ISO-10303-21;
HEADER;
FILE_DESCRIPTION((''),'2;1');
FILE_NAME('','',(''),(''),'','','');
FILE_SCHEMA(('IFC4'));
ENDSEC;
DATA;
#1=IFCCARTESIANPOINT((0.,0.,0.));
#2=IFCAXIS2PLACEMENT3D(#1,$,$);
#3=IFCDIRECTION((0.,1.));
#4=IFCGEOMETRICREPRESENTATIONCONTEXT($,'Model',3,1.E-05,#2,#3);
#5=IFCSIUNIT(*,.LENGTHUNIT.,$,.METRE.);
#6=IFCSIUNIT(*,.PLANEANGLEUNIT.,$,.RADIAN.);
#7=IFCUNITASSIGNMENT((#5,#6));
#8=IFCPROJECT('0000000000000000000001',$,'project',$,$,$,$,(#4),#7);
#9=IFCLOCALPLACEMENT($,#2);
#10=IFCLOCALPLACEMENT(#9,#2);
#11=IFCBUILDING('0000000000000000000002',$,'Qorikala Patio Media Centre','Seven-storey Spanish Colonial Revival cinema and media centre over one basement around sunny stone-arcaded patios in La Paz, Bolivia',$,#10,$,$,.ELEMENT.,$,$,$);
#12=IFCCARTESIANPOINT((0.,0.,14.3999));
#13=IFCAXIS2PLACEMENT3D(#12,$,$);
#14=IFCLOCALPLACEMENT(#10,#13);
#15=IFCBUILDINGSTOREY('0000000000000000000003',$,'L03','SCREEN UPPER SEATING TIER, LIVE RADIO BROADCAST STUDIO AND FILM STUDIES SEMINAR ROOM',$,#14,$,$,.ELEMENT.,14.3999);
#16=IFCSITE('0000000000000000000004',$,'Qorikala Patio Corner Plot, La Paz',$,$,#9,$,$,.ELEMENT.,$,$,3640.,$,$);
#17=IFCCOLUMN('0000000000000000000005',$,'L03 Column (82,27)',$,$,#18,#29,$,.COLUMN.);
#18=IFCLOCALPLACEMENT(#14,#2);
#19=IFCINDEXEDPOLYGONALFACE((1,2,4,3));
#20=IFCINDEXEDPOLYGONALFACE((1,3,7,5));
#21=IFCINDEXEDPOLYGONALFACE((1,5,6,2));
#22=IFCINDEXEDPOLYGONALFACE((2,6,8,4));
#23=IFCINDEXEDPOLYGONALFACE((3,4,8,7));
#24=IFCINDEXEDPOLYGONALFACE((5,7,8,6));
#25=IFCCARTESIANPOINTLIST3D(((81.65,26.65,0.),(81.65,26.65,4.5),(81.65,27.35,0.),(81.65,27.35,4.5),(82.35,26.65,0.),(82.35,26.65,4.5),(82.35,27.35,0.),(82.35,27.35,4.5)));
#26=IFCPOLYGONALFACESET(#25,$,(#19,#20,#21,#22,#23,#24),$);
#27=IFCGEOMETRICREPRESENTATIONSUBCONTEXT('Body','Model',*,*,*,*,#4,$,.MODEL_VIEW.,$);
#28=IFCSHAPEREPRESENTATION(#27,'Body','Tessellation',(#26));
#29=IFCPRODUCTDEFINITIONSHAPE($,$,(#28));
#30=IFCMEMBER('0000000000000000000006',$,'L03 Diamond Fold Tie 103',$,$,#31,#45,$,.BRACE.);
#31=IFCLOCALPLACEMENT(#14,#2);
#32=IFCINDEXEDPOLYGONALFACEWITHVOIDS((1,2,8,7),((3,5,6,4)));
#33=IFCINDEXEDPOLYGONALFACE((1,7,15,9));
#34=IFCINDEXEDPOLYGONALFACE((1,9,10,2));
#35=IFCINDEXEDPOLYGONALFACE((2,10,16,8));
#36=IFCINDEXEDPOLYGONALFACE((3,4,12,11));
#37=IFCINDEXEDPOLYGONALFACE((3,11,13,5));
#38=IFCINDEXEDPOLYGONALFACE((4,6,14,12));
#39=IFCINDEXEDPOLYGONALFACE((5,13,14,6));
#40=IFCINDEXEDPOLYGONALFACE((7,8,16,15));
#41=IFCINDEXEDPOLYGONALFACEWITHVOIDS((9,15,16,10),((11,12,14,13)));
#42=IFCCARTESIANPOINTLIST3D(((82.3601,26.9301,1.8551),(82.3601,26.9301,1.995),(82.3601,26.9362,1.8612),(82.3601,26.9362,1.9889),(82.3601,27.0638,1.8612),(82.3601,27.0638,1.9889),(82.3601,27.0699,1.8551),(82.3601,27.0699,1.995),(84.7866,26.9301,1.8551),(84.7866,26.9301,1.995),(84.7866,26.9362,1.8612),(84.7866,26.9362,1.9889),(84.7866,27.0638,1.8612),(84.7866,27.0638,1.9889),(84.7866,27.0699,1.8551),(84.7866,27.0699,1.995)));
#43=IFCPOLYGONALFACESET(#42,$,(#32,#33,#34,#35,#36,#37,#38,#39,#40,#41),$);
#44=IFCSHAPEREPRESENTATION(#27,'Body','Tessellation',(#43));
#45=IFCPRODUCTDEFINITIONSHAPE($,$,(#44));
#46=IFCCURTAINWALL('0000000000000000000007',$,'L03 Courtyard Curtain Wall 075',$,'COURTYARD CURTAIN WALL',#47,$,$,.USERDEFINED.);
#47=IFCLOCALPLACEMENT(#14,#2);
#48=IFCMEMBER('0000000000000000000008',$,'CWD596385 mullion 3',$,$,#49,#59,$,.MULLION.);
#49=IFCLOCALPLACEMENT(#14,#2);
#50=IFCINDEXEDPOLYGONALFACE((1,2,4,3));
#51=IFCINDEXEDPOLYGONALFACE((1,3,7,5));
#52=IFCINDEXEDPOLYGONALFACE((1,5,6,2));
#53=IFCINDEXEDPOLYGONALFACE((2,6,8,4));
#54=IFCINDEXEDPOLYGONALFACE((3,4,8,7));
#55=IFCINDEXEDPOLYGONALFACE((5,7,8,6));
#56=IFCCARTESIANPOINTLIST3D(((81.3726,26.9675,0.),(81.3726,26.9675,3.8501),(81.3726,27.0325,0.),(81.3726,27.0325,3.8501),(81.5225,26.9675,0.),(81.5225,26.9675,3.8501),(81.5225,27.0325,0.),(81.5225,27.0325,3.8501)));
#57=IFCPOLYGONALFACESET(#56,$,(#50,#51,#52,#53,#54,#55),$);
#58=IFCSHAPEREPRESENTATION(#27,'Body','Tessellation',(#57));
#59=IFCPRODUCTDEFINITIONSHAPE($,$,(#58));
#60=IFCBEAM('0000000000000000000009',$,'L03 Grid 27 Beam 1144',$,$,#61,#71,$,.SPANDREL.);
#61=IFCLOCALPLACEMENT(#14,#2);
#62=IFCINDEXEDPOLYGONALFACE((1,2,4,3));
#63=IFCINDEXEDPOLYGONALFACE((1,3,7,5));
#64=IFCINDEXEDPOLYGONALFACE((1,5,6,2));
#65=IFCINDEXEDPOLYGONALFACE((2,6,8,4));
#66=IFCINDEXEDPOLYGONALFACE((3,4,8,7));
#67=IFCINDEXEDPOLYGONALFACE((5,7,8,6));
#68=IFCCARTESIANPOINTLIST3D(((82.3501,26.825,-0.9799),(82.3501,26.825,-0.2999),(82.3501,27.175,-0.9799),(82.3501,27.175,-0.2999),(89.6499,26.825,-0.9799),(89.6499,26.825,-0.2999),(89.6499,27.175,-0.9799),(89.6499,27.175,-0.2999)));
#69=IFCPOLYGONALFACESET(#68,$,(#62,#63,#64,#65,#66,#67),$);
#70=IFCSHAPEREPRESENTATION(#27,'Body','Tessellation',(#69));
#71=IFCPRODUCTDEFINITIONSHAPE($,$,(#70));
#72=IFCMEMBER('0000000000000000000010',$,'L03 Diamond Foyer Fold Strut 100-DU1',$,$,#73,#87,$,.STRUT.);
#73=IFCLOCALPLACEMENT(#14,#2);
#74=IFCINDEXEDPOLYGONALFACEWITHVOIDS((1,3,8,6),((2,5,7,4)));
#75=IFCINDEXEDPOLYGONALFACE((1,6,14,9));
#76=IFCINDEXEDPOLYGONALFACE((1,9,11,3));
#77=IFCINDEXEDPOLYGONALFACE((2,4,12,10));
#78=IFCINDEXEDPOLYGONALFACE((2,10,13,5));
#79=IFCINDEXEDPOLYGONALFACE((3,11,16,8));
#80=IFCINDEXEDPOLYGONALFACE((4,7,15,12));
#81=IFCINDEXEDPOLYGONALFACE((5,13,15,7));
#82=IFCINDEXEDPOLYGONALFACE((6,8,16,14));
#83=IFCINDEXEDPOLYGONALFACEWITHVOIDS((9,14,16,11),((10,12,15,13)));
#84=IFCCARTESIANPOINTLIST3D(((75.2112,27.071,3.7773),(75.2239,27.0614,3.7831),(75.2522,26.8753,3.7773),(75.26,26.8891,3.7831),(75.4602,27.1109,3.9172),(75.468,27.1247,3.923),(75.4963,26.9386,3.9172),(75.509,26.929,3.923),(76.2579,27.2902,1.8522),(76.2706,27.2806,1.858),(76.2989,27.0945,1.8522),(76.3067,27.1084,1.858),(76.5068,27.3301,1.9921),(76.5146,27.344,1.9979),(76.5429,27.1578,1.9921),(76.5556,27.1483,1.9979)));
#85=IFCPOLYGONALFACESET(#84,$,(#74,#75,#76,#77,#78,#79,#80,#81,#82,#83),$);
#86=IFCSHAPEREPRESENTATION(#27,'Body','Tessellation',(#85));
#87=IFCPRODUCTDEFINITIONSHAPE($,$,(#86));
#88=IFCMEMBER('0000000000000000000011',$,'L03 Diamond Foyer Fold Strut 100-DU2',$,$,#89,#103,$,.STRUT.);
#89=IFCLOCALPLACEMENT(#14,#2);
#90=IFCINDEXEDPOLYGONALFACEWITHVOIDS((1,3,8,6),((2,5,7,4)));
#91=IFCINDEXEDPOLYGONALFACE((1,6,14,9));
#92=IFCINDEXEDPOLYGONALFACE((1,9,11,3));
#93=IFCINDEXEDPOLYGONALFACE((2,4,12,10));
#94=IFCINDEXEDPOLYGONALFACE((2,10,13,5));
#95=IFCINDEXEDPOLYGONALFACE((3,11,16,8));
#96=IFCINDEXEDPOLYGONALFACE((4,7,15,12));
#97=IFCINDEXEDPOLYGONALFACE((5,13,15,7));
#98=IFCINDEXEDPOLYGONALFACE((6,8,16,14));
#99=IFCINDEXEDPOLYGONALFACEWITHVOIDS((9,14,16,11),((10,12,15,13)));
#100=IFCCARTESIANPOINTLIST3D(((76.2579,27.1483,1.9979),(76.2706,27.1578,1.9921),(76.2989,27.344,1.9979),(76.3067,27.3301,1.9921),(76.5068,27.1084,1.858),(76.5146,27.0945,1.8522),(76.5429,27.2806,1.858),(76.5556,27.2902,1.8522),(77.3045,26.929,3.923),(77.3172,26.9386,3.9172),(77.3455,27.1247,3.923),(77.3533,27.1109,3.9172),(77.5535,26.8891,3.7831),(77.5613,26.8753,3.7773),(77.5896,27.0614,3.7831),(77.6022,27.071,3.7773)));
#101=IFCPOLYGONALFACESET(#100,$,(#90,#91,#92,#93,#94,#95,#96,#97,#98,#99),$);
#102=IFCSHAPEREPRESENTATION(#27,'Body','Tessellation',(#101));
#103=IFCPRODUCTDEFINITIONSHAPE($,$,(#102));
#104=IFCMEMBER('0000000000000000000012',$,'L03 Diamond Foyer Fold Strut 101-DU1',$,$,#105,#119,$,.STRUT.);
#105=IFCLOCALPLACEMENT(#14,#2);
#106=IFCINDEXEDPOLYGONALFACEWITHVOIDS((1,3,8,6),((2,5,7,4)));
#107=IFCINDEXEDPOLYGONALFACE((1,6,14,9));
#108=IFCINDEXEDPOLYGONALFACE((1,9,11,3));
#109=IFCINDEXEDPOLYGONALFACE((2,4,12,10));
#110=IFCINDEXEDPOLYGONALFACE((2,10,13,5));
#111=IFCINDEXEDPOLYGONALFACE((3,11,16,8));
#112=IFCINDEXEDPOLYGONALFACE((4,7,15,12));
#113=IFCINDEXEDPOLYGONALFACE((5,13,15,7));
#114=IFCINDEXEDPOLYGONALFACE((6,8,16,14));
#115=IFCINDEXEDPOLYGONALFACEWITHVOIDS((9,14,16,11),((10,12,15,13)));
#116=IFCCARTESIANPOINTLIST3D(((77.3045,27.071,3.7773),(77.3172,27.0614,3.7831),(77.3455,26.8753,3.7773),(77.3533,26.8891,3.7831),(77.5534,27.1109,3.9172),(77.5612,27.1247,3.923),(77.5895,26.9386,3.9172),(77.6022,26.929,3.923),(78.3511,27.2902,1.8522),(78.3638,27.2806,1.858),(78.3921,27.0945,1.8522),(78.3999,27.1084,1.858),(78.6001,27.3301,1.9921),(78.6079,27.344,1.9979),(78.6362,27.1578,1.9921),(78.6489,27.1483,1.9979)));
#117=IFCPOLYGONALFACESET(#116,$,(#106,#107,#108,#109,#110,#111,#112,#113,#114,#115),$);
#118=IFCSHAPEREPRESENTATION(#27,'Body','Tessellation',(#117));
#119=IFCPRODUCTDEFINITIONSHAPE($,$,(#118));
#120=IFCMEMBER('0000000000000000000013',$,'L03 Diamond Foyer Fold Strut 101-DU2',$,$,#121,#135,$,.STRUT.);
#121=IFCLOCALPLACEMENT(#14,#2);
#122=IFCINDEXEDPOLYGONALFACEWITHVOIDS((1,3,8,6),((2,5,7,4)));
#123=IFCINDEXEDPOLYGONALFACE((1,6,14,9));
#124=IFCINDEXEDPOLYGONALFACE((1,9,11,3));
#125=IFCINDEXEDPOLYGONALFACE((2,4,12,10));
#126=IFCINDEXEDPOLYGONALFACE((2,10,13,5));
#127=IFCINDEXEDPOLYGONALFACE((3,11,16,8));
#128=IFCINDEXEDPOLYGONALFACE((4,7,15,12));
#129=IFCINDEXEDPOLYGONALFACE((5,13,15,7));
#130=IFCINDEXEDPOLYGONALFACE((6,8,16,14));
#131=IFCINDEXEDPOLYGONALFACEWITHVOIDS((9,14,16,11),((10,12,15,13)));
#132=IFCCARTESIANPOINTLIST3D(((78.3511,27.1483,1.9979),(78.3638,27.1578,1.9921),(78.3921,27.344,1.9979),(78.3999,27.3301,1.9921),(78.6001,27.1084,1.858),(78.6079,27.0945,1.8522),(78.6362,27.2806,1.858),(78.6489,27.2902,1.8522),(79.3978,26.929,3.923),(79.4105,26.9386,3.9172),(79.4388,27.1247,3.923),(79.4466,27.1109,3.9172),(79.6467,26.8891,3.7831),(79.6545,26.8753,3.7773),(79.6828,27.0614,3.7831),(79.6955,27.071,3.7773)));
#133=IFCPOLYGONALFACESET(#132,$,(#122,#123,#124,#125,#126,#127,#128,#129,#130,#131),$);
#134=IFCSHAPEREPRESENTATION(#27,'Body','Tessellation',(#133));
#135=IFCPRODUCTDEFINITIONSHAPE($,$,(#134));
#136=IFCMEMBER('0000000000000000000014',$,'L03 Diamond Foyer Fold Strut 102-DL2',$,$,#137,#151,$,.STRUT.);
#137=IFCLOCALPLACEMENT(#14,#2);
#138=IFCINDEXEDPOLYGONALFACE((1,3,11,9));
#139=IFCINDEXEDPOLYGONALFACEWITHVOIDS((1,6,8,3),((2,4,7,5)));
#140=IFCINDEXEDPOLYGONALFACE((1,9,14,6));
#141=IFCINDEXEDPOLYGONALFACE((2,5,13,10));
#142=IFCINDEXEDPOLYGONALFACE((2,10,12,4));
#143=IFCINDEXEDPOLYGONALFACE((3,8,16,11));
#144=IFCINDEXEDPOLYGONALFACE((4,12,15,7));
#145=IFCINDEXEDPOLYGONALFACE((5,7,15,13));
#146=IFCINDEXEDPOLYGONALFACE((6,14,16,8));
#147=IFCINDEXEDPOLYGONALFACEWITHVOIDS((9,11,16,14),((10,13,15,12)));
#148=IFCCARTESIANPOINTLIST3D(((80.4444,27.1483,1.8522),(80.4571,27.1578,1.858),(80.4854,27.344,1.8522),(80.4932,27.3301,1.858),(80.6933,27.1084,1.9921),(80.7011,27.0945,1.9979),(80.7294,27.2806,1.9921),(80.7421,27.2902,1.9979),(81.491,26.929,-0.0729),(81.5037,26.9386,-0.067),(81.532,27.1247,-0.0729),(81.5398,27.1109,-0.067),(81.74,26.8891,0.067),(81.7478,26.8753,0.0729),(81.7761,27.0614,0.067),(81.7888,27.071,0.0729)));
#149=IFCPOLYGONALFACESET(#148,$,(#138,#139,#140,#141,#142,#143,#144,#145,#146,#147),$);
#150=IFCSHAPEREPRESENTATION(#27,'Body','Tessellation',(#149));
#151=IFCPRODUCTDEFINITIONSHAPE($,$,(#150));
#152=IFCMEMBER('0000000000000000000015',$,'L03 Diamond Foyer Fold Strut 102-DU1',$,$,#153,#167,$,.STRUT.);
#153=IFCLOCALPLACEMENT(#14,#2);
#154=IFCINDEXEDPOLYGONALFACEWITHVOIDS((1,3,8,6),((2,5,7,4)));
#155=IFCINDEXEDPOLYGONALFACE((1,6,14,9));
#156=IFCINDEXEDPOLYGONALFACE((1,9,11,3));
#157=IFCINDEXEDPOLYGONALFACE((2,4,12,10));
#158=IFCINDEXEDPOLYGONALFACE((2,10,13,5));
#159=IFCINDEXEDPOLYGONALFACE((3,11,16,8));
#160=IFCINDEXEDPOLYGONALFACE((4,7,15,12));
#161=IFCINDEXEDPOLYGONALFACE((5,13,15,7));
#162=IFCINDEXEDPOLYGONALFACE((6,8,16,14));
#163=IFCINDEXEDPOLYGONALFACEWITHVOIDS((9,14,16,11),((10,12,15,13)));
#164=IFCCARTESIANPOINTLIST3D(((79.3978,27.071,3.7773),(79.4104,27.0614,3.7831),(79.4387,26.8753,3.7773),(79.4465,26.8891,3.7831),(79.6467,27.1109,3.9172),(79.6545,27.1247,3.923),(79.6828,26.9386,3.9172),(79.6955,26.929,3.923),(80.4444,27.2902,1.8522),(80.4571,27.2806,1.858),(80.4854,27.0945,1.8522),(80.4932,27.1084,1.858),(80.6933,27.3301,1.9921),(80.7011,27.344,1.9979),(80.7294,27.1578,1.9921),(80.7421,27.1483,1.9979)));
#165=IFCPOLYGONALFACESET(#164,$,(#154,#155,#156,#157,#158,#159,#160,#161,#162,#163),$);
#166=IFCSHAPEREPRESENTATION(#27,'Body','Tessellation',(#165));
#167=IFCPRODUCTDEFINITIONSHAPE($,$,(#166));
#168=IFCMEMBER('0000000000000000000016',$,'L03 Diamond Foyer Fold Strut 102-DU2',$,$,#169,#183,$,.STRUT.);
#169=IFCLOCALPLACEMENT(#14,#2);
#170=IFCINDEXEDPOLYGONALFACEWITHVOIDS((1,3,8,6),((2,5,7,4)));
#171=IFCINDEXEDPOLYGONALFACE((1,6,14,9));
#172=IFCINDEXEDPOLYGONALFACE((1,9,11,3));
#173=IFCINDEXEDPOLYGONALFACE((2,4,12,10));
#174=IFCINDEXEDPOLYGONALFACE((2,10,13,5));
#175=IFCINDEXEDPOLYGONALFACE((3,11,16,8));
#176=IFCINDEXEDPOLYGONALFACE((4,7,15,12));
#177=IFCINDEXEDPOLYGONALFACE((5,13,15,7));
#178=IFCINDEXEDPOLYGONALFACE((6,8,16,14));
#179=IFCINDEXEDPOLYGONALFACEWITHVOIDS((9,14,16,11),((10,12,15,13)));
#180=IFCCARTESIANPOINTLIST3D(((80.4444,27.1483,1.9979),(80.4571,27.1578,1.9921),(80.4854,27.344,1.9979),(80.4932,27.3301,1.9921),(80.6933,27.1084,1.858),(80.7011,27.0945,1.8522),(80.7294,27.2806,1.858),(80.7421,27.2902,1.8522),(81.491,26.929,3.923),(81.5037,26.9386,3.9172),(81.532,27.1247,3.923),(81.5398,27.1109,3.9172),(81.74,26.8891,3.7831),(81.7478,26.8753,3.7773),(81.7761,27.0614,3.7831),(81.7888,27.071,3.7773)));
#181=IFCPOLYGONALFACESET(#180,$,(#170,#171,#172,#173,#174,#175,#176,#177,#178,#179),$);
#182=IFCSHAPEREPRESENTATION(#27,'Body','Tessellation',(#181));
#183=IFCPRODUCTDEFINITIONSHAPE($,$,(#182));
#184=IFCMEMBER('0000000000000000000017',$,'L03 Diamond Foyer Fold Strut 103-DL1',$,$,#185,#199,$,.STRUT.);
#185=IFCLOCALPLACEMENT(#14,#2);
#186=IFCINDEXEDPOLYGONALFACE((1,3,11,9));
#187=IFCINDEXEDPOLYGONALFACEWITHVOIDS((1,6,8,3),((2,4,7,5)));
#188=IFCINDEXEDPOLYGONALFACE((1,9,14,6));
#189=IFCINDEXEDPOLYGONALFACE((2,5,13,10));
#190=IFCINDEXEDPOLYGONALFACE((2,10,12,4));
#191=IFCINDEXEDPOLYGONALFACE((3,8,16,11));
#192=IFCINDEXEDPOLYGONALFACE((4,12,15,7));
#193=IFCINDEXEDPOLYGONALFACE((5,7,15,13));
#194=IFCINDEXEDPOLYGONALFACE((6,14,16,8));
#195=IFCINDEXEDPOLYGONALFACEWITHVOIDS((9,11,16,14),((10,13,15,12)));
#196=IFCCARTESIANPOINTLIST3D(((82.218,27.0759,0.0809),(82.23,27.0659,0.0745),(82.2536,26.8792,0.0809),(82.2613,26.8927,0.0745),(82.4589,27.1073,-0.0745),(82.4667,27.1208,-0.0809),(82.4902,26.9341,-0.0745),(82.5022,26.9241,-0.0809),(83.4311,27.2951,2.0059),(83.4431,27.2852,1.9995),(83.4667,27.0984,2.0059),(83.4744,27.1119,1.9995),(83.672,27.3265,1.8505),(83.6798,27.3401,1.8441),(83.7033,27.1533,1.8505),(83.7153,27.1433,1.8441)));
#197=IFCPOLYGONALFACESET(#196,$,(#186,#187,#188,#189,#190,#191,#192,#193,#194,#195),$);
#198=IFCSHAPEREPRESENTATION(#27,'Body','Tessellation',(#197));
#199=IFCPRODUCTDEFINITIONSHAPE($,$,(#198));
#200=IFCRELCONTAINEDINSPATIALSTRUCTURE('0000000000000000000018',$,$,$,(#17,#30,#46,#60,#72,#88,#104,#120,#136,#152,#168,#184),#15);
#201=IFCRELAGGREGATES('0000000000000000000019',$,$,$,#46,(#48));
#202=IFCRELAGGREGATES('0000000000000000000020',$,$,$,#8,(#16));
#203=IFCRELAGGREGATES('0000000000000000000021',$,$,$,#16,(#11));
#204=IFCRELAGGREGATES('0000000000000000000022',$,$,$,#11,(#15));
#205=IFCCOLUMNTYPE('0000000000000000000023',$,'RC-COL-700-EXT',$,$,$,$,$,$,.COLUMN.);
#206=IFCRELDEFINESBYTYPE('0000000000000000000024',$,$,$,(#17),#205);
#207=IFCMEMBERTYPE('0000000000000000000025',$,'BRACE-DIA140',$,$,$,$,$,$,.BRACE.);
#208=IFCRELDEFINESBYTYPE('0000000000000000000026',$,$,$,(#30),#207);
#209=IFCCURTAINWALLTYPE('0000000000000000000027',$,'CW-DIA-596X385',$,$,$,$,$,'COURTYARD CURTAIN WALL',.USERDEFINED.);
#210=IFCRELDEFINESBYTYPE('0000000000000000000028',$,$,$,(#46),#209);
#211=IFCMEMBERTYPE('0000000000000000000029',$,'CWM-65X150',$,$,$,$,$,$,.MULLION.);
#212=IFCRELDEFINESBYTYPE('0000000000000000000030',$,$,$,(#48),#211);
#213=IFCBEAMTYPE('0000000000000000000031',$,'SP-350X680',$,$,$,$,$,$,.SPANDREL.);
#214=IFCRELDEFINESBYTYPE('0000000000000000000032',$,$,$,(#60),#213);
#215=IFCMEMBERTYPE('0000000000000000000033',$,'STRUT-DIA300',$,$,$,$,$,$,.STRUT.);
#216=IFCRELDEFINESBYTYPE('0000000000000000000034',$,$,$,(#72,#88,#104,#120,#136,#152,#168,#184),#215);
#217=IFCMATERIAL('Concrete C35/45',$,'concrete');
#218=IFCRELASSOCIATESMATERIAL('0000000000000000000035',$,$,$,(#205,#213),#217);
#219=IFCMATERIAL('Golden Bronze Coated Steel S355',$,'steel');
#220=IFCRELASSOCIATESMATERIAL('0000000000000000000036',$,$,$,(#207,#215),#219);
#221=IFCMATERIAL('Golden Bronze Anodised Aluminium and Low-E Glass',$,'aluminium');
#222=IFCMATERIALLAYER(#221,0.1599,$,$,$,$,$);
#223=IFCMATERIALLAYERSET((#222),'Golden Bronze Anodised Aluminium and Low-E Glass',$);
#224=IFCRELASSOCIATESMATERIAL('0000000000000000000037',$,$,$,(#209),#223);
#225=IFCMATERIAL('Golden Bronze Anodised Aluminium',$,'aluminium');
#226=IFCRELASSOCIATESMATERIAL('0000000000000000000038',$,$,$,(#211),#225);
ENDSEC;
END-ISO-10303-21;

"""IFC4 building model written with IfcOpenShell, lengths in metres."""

from ifc_helpers import new_model, si_unit, direction, frame, origin, origin_2d, place, context, subcontext, project, spatial, rectangle, hollow_rectangle, extrude, material, layer, layer_set, material_profile, profile_set, type_object, element, aggregate, save


model = new_model("IFC4")

# Units and contexts
model_context = context("Model", 3, precision=1e-05, world=origin(), true_north=direction((0.0, 1.0)))
body_context = subcontext(model_context, "Body", "Model", "MODEL_VIEW")
ifc_project = project(units=[si_unit("LENGTHUNIT", "METRE"), si_unit("PLANEANGLEUNIT", "RADIAN")], contexts=[model_context])

# Site, building, storey
site_placement = place(None, origin())
site = spatial("IfcSite", under=ifc_project, at=site_placement, Name="Qorikala Patio Corner Plot, La Paz", CompositionType="ELEMENT", RefElevation=3640.0)
building_placement = place(site_placement, origin())
building = spatial("IfcBuilding", under=site, at=building_placement, Name="Qorikala Patio Media Centre", Description="Seven-storey Spanish Colonial Revival cinema and media centre over one basement around sunny stone-arcaded patios in La Paz, Bolivia", CompositionType="ELEMENT")
storey_placement = place(building_placement, frame((0.0, 0.0, 14.3999)))
storey = spatial("IfcBuildingStorey", under=building, at=storey_placement, Name="L03", Description="SCREEN UPPER SEATING TIER, LIVE RADIO BROADCAST STUDIO AND FILM STUDIES SEMINAR ROOM", CompositionType="ELEMENT", Elevation=14.3999)

# Column
ifc_material_1 = material(Name="Concrete C35/45", Category="concrete")
ifc_material_profile_1 = material_profile(ifc_material_1, rectangle(XDim=0.7, YDim=0.7, at=origin_2d()), Name="RC 700x700")
ifc_profile_set_1 = profile_set([ifc_material_profile_1], Name="Concrete C35/45")
column_type = type_object("IfcColumnType", Name="RC-COL-700-EXT", PredefinedType="COLUMN", material=ifc_profile_set_1)
column_placement = place(storey_placement, frame((82.0, 27.0, 0.0), z_axis=(0.0, 0.0, 1.0), x_axis=(1.0, 0.0, 0.0)))
element("IfcColumn", 1, at=column_placement, inside=storey, type_object=column_type, Name="L03 Column (82,27)", PredefinedType="COLUMN", context=body_context, shape_type="SweptSolid", body=[
    extrude(rectangle(XDim=0.7, YDim=0.7, at=origin_2d()), origin(), (0.0, 0.0, 1.0), 4.5),
])

# Member
ifc_material_2 = material(Name="Golden Bronze Coated Steel S355", Category="steel")
ifc_material_profile_2 = material_profile(ifc_material_2, hollow_rectangle(XDim=0.1399, YDim=0.1399, WallThickness=0.0061, at=origin_2d()), Name="HSS140X140X6")
ifc_profile_set_2 = profile_set([ifc_material_profile_2], Name="Golden Bronze Coated Steel S355")
member_type_1 = type_object("IfcMemberType", Name="BRACE-DIA140", PredefinedType="BRACE", material=ifc_profile_set_2)
member_1_placement = place(storey_placement, frame((82.3601, 27.0, 1.925), z_axis=(1.0, 0.0, 0.0), x_axis=(0.0, 1.0, 0.0)))
element("IfcMember", 2, at=member_1_placement, inside=storey, type_object=member_type_1, Name="L03 Diamond Fold Tie 103", PredefinedType="BRACE", context=body_context, shape_type="SweptSolid", body=[
    extrude(hollow_rectangle(XDim=0.1399, YDim=0.1399, WallThickness=0.0061, at=origin_2d()), origin(), (0.0, 0.0, 1.0), 2.4265),
])

# Curtain wall, member
ifc_material_3 = material(Name="Golden Bronze Anodised Aluminium and Low-E Glass", Category="aluminium")
ifc_layer_1 = layer(ifc_material_3, 0.1599)
ifc_layer_set_1 = layer_set([ifc_layer_1], Name="Golden Bronze Anodised Aluminium and Low-E Glass")
curtain_wall_type = type_object("IfcCurtainWallType", Name="CW-DIA-596X385", ElementType="COURTYARD CURTAIN WALL", PredefinedType="USERDEFINED", material=ifc_layer_set_1)
curtain_wall_placement = place(storey_placement, origin())
curtain_wall = element("IfcCurtainWall", 3, at=curtain_wall_placement, inside=storey, type_object=curtain_wall_type, Name="L03 Courtyard Curtain Wall 075", ObjectType="COURTYARD CURTAIN WALL", PredefinedType="USERDEFINED")
ifc_material_4 = material(Name="Golden Bronze Anodised Aluminium", Category="aluminium")
ifc_material_profile_3 = material_profile(ifc_material_4, rectangle(XDim=0.0649, YDim=0.1499, at=origin_2d()), Name="ALU MULLION 65x150")
ifc_profile_set_3 = profile_set([ifc_material_profile_3], Name="Golden Bronze Anodised Aluminium")
member_type_2 = type_object("IfcMemberType", Name="CWM-65X150", PredefinedType="MULLION", material=ifc_profile_set_3)
member_2_placement = place(storey_placement, frame((81.4475, 27.0, 0.0), z_axis=(0.0, 0.0, 1.0), x_axis=(0.0, 1.0, 0.0)))
member_2 = element("IfcMember", 4, at=member_2_placement, type_object=member_type_2, Name="CWD596385 mullion 3", PredefinedType="MULLION", context=body_context, shape_type="SweptSolid", body=[
    extrude(rectangle(XDim=0.0649, YDim=0.1499, at=origin_2d()), origin(), (0.0, 0.0, 1.0), 3.8501),
])
aggregate(curtain_wall, [member_2])

# Beam
ifc_material_profile_4 = material_profile(ifc_material_1, rectangle(XDim=0.3501, YDim=0.6799, at=origin_2d()), Name="RC 350x680")
ifc_profile_set_4 = profile_set([ifc_material_profile_4], Name="Concrete C35/45")
beam_type = type_object("IfcBeamType", Name="SP-350X680", PredefinedType="SPANDREL", material=ifc_profile_set_4)
beam_placement = place(storey_placement, frame((82.3501, 27.0, -0.6399), z_axis=(1.0, 0.0, 0.0), x_axis=(0.0, 1.0, 0.0)))
element("IfcBeam", 5, at=beam_placement, inside=storey, type_object=beam_type, Name="L03 Grid 27 Beam 1144", PredefinedType="SPANDREL", context=body_context, shape_type="SweptSolid", body=[
    extrude(rectangle(XDim=0.3501, YDim=0.6799, at=origin_2d()), origin(), (0.0, 0.0, 1.0), 7.2998),
])

# Members
ifc_material_profile_5 = material_profile(ifc_material_2, hollow_rectangle(XDim=0.2, YDim=0.3, WallThickness=0.012, at=origin_2d()), Name="HSS300X200X12")
ifc_profile_set_5 = profile_set([ifc_material_profile_5], Name="Golden Bronze Coated Steel S355")
member_type_3 = type_object("IfcMemberType", Name="STRUT-DIA300", PredefinedType="STRUT", material=ifc_profile_set_5)
for number, where, z_axis, x_axis, name in (
    (6, (76.4067, 27.2192, 1.925), (-0.475284, -0.099558, 0.874181), (0.205021, -0.978758, 0.0), "L03 Diamond Foyer Fold Strut 100-DU1"),
    (7, (76.4067, 27.2192, 1.925), (0.475284, -0.099558, 0.874181), (0.205021, 0.978758, 0.0), "L03 Diamond Foyer Fold Strut 100-DU2"),
    (8, (78.5, 27.2192, 1.925), (-0.475284, -0.099558, 0.874181), (0.205021, -0.978758, 0.0), "L03 Diamond Foyer Fold Strut 101-DU1"),
    (9, (78.5, 27.2192, 1.925), (0.475284, -0.099558, 0.874181), (0.205021, 0.978758, 0.0), "L03 Diamond Foyer Fold Strut 101-DU2"),
    (10, (81.6399, 27.0, 0.0), (-0.475284, 0.099558, 0.874181), (-0.205021, -0.978758, 0.0), "L03 Diamond Foyer Fold Strut 102-DL2"),
    (11, (80.5933, 27.2192, 1.925), (-0.475284, -0.099558, 0.874181), (0.205021, -0.978758, 0.0), "L03 Diamond Foyer Fold Strut 102-DU1"),
    (12, (80.5933, 27.2192, 1.925), (0.475284, -0.099558, 0.874181), (0.205021, 0.978758, 0.0), "L03 Diamond Foyer Fold Strut 102-DU2"),
):
    element("IfcMember", number, at=place(storey_placement, frame(where, z_axis=z_axis, x_axis=x_axis)), inside=storey, type_object=member_type_3, Name=name, PredefinedType="STRUT", context=body_context, shape_type="SweptSolid", body=[
        extrude(hollow_rectangle(XDim=0.2, YDim=0.3, WallThickness=0.012, at=origin_2d()), origin(), (0.0, 0.0, 1.0), 2.2021),
    ])
member_3_placement = place(storey_placement, frame((82.3601, 27.0, 0.0), z_axis=(0.530691, 0.095907, 0.842121), x_axis=(-0.17784, 0.984059, 0.0)))
element("IfcMember", 13, at=member_3_placement, inside=storey, type_object=member_type_3, Name="L03 Diamond Foyer Fold Strut 103-DL1", PredefinedType="STRUT", context=body_context, shape_type="SweptSolid", body=[
    extrude(hollow_rectangle(XDim=0.2, YDim=0.3, WallThickness=0.012, at=origin_2d()), origin(), (0.0, 0.0, 1.0), 2.2859),
])

save(model, "model.ifc")
